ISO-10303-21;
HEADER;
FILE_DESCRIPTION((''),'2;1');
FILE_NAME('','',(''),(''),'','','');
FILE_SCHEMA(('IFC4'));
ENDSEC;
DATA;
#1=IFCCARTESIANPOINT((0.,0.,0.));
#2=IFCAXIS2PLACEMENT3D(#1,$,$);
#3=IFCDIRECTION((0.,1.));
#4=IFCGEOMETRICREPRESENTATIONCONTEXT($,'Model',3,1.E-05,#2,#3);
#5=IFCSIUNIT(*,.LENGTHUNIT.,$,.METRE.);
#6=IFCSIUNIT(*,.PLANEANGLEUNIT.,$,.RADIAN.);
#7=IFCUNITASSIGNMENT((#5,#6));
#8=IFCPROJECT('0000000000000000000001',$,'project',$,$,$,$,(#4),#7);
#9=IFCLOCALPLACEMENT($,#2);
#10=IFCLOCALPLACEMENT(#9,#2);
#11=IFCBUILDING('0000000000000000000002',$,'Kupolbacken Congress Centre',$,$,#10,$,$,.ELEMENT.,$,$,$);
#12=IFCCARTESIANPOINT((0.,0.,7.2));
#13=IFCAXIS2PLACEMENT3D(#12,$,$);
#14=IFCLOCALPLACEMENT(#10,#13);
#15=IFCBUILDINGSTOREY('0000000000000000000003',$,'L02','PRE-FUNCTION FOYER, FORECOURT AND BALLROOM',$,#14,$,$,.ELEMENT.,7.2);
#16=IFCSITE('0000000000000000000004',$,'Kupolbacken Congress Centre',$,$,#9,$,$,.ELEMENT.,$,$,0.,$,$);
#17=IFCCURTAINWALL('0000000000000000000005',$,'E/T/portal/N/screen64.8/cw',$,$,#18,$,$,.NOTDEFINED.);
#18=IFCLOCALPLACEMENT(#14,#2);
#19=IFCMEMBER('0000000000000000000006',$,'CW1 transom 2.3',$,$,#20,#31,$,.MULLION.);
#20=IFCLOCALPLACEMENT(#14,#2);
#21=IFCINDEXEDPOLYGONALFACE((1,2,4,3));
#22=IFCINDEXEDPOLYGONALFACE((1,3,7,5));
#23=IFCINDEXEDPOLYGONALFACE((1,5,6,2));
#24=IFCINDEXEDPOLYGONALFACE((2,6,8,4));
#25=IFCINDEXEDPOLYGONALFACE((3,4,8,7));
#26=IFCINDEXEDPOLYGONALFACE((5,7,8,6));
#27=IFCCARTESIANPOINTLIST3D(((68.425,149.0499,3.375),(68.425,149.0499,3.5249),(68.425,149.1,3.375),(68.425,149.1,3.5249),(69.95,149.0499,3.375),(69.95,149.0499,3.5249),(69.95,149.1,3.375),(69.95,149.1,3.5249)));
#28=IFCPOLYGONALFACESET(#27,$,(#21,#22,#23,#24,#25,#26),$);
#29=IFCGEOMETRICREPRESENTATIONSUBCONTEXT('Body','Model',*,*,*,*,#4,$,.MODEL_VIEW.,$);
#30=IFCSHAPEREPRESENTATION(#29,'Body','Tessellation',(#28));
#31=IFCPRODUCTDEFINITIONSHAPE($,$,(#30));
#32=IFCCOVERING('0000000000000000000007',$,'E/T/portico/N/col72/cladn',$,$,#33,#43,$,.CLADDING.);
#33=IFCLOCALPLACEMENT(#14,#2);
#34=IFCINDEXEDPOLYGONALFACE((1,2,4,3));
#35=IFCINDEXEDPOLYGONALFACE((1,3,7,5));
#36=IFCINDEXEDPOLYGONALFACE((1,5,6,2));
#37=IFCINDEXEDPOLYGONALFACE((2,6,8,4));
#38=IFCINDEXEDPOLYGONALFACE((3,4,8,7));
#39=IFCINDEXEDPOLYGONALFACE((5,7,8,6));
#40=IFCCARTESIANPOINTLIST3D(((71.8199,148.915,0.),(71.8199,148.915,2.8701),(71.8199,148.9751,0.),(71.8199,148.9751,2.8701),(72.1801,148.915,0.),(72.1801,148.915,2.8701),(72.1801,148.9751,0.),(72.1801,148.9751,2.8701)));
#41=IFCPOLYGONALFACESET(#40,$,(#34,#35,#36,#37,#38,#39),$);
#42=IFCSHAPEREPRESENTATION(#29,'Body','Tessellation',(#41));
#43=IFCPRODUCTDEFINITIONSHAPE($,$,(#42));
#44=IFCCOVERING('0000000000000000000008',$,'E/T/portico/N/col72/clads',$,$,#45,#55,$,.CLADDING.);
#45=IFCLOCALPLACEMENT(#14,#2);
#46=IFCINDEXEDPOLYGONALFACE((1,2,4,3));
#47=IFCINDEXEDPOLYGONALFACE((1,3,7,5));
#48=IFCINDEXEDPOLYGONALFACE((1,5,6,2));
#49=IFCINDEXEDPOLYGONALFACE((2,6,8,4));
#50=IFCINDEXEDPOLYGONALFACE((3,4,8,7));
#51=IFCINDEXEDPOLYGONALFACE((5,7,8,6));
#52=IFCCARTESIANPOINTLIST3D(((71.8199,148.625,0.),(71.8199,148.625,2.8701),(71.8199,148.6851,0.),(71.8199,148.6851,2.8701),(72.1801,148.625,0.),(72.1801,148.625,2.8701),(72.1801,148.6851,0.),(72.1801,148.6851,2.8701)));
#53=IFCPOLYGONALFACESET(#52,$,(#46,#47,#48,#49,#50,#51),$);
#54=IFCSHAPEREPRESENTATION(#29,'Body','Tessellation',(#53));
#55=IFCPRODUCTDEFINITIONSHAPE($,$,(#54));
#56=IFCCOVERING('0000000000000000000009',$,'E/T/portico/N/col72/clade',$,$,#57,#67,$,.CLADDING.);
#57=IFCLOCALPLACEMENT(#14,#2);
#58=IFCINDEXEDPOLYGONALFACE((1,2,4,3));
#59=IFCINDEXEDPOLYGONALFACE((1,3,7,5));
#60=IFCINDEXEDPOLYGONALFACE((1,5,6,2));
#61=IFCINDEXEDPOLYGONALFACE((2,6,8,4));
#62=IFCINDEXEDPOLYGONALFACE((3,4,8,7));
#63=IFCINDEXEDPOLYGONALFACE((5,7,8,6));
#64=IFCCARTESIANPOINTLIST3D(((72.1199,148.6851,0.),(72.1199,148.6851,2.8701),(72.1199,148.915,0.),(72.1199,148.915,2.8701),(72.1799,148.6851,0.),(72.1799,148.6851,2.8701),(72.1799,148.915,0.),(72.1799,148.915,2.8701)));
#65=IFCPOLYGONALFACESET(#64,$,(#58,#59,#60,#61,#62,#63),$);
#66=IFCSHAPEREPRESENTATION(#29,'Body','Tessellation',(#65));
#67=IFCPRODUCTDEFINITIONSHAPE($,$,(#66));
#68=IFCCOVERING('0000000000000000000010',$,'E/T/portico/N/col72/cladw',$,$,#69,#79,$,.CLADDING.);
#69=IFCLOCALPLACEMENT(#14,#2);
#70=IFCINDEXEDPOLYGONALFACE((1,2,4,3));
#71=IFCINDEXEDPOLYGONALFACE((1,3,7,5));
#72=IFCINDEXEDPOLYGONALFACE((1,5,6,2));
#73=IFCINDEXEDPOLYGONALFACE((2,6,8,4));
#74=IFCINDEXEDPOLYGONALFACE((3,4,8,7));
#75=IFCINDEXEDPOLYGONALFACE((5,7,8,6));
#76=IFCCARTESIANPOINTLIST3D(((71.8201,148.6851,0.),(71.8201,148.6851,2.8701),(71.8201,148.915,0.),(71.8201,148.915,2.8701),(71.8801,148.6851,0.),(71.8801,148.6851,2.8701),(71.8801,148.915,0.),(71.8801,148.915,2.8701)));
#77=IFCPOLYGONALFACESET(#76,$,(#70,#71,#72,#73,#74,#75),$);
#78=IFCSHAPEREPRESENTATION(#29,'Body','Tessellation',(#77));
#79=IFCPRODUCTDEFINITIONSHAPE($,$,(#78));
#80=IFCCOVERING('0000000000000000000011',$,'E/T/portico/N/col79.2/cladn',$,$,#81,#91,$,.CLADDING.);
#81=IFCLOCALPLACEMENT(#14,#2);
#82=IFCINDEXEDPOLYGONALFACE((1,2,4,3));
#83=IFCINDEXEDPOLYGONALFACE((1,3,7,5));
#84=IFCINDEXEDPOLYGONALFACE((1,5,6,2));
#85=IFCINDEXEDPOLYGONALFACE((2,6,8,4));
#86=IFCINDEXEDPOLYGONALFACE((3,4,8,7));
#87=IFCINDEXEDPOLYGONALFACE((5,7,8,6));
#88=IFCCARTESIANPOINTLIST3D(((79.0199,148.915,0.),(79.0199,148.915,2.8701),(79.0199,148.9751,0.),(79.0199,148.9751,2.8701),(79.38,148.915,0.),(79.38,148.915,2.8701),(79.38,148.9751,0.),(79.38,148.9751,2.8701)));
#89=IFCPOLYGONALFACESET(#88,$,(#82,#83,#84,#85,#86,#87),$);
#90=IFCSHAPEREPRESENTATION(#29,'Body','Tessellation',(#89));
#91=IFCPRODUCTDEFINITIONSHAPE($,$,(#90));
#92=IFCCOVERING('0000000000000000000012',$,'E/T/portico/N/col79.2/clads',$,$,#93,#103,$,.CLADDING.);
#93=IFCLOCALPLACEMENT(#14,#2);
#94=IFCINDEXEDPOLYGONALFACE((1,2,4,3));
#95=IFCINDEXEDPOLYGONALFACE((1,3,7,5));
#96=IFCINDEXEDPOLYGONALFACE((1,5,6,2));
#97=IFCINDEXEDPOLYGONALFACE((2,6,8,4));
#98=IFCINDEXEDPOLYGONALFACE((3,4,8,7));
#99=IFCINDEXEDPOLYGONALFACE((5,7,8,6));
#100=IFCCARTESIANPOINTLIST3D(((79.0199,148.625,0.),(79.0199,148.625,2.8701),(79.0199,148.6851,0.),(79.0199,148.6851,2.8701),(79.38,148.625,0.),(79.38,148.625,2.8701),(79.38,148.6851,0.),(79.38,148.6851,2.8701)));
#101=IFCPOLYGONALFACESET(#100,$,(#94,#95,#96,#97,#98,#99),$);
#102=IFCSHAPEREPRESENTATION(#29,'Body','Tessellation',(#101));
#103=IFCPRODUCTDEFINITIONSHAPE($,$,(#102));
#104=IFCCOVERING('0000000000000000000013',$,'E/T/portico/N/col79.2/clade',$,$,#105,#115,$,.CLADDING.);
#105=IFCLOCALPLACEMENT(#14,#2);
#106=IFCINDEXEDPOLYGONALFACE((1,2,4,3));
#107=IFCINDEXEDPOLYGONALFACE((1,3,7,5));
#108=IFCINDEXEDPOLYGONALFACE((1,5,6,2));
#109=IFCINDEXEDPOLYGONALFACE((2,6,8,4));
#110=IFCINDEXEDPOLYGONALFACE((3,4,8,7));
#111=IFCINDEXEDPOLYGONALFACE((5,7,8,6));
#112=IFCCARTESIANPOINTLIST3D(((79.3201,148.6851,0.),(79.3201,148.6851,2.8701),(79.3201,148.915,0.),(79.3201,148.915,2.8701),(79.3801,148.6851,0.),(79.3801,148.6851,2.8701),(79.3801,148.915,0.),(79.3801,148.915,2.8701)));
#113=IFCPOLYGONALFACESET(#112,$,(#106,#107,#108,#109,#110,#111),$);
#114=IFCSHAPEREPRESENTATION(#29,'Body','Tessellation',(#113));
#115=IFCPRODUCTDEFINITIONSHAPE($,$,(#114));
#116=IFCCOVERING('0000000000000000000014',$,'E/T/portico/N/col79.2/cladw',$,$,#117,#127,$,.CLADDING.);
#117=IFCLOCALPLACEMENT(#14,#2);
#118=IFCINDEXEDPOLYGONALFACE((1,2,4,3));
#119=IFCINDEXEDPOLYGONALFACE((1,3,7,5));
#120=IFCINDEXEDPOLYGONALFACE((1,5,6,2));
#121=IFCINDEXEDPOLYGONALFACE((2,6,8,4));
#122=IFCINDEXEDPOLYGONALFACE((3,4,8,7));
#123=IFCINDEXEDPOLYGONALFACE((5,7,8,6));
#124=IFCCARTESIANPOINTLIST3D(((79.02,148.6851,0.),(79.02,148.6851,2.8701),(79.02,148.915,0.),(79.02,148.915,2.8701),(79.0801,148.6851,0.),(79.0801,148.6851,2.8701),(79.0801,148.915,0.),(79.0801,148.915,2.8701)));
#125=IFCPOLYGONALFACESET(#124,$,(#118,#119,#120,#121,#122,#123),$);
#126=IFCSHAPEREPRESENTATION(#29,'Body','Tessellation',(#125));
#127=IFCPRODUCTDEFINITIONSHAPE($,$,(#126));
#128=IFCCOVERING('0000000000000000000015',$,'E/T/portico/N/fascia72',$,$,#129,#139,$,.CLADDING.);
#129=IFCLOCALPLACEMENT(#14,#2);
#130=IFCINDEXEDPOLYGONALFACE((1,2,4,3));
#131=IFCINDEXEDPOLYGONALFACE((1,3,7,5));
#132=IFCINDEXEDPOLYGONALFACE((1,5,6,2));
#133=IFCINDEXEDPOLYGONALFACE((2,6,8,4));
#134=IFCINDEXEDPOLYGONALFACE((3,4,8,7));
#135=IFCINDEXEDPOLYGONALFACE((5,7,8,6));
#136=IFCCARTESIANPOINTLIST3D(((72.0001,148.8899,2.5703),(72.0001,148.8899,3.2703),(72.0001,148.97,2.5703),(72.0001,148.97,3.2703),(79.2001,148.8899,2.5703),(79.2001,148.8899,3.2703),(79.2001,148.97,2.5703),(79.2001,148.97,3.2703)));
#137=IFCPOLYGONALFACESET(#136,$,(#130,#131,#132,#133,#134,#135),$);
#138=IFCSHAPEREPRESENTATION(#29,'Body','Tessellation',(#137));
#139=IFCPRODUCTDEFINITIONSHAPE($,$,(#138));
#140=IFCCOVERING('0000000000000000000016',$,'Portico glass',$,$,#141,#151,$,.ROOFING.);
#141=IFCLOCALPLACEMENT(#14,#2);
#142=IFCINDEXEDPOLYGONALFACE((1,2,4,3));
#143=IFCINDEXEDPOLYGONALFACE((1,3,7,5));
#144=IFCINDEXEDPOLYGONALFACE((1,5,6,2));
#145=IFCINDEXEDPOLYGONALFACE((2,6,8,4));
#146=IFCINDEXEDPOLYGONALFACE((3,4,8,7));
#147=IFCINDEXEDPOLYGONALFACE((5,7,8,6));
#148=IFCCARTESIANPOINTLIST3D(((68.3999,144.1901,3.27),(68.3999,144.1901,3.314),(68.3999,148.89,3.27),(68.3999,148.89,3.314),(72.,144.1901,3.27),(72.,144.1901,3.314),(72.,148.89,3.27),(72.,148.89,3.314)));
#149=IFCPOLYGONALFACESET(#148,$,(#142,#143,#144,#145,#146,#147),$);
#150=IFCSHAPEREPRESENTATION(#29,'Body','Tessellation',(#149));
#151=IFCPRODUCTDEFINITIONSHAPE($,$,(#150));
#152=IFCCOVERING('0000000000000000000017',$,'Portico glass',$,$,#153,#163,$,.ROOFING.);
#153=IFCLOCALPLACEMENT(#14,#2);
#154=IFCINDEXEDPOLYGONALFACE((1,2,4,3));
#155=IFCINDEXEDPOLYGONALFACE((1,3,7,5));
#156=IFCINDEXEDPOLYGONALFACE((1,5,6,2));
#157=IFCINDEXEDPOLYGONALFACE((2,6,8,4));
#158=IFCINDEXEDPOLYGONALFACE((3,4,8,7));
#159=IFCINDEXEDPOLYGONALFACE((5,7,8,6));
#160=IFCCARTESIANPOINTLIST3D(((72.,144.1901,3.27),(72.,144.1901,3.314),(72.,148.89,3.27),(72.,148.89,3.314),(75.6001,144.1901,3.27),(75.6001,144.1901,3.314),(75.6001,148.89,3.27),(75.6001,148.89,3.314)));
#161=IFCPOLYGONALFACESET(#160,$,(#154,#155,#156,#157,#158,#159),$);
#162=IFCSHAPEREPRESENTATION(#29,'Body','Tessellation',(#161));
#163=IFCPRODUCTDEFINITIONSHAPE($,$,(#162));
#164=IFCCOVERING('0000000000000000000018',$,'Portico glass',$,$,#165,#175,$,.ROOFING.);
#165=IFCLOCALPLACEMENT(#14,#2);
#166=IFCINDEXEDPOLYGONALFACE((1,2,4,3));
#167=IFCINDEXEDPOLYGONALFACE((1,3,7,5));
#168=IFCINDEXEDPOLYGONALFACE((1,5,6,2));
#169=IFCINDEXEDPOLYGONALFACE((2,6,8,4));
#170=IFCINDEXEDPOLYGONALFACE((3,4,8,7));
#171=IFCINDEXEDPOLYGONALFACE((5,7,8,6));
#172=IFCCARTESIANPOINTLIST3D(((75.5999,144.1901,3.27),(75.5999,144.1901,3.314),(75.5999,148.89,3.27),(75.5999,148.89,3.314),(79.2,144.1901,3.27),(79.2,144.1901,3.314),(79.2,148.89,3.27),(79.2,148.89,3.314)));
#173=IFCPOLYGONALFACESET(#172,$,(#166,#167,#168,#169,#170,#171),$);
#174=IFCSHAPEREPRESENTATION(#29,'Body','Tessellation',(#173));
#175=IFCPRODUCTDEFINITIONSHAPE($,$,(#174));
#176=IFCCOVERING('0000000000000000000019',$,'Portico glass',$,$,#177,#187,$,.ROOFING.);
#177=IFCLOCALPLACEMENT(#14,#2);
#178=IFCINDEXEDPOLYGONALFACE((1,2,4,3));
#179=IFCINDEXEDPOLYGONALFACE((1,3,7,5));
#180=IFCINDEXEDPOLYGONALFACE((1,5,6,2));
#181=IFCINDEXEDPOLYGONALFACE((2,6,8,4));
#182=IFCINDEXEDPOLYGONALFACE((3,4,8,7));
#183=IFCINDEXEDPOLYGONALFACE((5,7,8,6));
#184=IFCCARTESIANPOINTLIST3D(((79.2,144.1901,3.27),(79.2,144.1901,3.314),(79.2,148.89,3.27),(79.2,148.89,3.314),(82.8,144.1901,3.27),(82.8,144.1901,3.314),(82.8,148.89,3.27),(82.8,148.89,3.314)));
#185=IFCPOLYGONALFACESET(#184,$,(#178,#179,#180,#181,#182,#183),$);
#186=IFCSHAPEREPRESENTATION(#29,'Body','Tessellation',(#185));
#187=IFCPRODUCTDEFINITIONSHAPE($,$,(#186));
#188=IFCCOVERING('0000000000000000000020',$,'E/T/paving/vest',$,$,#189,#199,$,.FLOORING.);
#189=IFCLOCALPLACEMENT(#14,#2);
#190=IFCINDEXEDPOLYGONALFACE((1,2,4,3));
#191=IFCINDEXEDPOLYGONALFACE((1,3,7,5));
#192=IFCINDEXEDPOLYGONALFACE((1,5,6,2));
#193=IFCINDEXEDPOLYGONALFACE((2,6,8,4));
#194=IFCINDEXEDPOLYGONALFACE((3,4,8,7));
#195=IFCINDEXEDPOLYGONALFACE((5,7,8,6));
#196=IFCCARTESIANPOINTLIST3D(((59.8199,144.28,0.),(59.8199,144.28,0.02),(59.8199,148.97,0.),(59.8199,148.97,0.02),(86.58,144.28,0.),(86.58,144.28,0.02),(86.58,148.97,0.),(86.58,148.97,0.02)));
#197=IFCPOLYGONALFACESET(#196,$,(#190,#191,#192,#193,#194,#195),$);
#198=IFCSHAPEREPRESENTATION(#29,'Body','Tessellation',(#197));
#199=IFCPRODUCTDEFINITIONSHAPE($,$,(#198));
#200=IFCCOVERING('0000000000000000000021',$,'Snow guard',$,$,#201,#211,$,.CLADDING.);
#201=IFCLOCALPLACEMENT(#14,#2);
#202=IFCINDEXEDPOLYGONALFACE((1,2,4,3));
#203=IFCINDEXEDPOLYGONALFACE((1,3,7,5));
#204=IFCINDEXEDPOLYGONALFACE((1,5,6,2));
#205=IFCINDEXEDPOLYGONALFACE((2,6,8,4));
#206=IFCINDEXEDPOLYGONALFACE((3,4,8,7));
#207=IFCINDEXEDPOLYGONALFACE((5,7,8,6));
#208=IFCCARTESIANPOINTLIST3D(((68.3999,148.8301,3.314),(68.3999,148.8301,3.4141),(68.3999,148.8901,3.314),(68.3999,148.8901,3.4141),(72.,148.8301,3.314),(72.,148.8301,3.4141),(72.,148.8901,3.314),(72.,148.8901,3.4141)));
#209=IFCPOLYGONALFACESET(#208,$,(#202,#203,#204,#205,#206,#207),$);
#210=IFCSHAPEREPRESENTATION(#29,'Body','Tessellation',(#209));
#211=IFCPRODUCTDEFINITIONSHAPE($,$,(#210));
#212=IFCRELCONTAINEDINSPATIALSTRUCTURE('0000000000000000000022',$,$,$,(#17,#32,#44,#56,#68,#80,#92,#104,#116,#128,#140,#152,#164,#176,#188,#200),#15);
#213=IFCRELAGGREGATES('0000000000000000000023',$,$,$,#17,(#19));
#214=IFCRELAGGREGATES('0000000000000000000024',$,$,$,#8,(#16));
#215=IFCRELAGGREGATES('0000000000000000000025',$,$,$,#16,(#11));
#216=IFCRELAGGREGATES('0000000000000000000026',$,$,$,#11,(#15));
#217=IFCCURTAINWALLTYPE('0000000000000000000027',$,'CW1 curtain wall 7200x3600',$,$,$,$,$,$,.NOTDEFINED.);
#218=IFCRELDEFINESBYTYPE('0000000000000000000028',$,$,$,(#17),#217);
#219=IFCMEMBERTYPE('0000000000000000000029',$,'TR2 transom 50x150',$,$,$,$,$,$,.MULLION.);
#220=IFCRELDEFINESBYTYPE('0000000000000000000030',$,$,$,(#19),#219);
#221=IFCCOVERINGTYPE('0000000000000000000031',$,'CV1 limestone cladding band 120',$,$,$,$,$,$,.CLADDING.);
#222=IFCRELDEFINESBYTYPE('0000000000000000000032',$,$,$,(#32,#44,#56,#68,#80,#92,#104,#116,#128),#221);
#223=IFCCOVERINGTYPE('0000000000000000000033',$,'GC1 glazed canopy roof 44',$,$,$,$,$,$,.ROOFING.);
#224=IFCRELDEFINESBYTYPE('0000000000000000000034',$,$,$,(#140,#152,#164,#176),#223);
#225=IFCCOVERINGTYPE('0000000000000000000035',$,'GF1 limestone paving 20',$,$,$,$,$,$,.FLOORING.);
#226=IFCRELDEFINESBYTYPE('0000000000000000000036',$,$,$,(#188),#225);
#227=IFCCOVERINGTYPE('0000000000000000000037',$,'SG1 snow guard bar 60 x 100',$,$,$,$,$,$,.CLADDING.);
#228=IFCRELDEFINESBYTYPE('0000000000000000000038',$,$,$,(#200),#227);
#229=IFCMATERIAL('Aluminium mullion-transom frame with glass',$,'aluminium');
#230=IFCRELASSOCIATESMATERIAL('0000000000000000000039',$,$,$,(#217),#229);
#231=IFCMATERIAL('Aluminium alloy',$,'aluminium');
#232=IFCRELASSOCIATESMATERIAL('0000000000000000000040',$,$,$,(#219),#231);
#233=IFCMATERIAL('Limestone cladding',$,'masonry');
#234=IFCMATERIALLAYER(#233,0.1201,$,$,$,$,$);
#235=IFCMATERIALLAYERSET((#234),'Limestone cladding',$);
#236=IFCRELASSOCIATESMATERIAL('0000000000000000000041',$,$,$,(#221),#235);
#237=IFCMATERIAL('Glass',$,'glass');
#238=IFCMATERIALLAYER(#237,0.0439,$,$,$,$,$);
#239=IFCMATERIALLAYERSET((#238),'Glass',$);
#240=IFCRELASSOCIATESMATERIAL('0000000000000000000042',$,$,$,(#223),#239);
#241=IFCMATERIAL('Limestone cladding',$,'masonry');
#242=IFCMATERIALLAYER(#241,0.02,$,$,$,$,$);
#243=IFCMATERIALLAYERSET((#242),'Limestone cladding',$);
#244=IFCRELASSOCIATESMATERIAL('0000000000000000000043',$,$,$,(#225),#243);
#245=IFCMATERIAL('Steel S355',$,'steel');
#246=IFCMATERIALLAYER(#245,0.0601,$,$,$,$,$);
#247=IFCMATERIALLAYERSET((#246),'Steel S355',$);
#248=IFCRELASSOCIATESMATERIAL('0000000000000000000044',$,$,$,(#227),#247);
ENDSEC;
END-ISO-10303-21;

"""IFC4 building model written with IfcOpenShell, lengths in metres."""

from ifc_helpers import new_model, si_unit, direction, frame, origin, origin_2d, place, context, subcontext, project, spatial, rectangle, extrude, material, layer, layer_set, material_profile, profile_set, type_object, element, aggregate, save


model = new_model("IFC4")

# Units and contexts
model_context = context("Model", 3, precision=1e-05, world=origin(), true_north=direction((0.0, 1.0)))
body_context = subcontext(model_context, "Body", "Model", "MODEL_VIEW")
ifc_project = project(units=[si_unit("LENGTHUNIT", "METRE"), si_unit("PLANEANGLEUNIT", "RADIAN")], contexts=[model_context])

# Site, building, storey
site_placement = place(None, origin())
site = spatial("IfcSite", under=ifc_project, at=site_placement, Name="Kupolbacken Congress Centre", CompositionType="ELEMENT", RefElevation=0.0)
building_placement = place(site_placement, origin())
building = spatial("IfcBuilding", under=site, at=building_placement, Name="Kupolbacken Congress Centre", CompositionType="ELEMENT")
storey_placement = place(building_placement, frame((0.0, 0.0, 7.2)))
storey = spatial("IfcBuildingStorey", under=building, at=storey_placement, Name="L02", Description="PRE-FUNCTION FOYER, FORECOURT AND BALLROOM", CompositionType="ELEMENT", Elevation=7.2)

# Curtain wall, member
ifc_material_1 = material(Name="Aluminium mullion-transom frame with glass", Category="aluminium")
curtain_wall_type = type_object("IfcCurtainWallType", Name="CW1 curtain wall 7200x3600", PredefinedType="NOTDEFINED", material=ifc_material_1)
curtain_wall_placement = place(storey_placement, origin())
curtain_wall = element("IfcCurtainWall", 1, at=curtain_wall_placement, inside=storey, type_object=curtain_wall_type, Name="E/T/portal/N/screen64.8/cw", PredefinedType="NOTDEFINED")
ifc_material_2 = material(Name="Aluminium alloy", Category="aluminium")
ifc_material_profile_1 = material_profile(ifc_material_2, rectangle(XDim=0.05, YDim=0.1499, at=origin_2d()), Name="50 x 150")
ifc_profile_set_1 = profile_set([ifc_material_profile_1], Name="Aluminium alloy")
member_type = type_object("IfcMemberType", Name="TR2 transom 50x150", PredefinedType="MULLION", material=ifc_profile_set_1)
member_placement = place(storey_placement, frame((69.95, 149.075, 3.45), z_axis=(-1.0, 0.0, 0.0), x_axis=(0.0, -1.0, 0.0)))
member = element("IfcMember", 2, at=member_placement, type_object=member_type, Name="CW1 transom 2.3", PredefinedType="MULLION", context=body_context, shape_type="SweptSolid", body=[
    extrude(rectangle(XDim=0.05, YDim=0.1499, at=origin_2d()), origin(), (0.0, 0.0, 1.0), 1.5249),
])
aggregate(curtain_wall, [member])

# Coverings
ifc_material_3 = material(Name="Limestone cladding", Category="masonry")
ifc_layer_1 = layer(ifc_material_3, 0.1201)
ifc_layer_set_1 = layer_set([ifc_layer_1], Name="Limestone cladding")
covering_type_1 = type_object("IfcCoveringType", Name="CV1 limestone cladding band 120", PredefinedType="CLADDING", material=ifc_layer_set_1)
for number, where, z_axis, x_axis, name in (
    (3, (72.0, 148.9451, 0.0), (0.0, 0.0, 1.0), (1.0, 0.0, 0.0), "E/T/portico/N/col72/cladn"),
    (4, (72.0, 148.655, 0.0), (0.0, 0.0, 1.0), (1.0, 0.0, 0.0), "E/T/portico/N/col72/clads"),
):
    element("IfcCovering", number, at=place(storey_placement, frame(where, z_axis=z_axis, x_axis=x_axis)), inside=storey, type_object=covering_type_1, Name=name, PredefinedType="CLADDING", context=body_context, shape_type="SweptSolid", body=[
        extrude(rectangle(XDim=0.3601, YDim=0.0601, at=origin_2d()), origin(), (0.0, 0.0, 1.0), 2.8701),
    ])
for number, where, z_axis, x_axis, name in (
    (5, (72.1499, 148.8, 0.0), (0.0, 0.0, 1.0), (1.0, 0.0, 0.0), "E/T/portico/N/col72/clade"),
    (6, (71.8501, 148.8, 0.0), (0.0, 0.0, 1.0), (1.0, 0.0, 0.0), "E/T/portico/N/col72/cladw"),
):
    element("IfcCovering", number, at=place(storey_placement, frame(where, z_axis=z_axis, x_axis=x_axis)), inside=storey, type_object=covering_type_1, Name=name, PredefinedType="CLADDING", context=body_context, shape_type="SweptSolid", body=[
        extrude(rectangle(XDim=0.0601, YDim=0.23, at=origin_2d()), origin(), (0.0, 0.0, 1.0), 2.8701),
    ])
for number, where, z_axis, x_axis, name in (
    (7, (79.2, 148.9451, 0.0), (0.0, 0.0, 1.0), (1.0, 0.0, 0.0), "E/T/portico/N/col79.2/cladn"),
    (8, (79.2, 148.655, 0.0), (0.0, 0.0, 1.0), (1.0, 0.0, 0.0), "E/T/portico/N/col79.2/clads"),
):
    element("IfcCovering", number, at=place(storey_placement, frame(where, z_axis=z_axis, x_axis=x_axis)), inside=storey, type_object=covering_type_1, Name=name, PredefinedType="CLADDING", context=body_context, shape_type="SweptSolid", body=[
        extrude(rectangle(XDim=0.3601, YDim=0.0601, at=origin_2d()), origin(), (0.0, 0.0, 1.0), 2.8701),
    ])
for number, where, z_axis, x_axis, name in (
    (9, (79.3501, 148.8, 0.0), (0.0, 0.0, 1.0), (1.0, 0.0, 0.0), "E/T/portico/N/col79.2/clade"),
    (10, (79.05, 148.8, 0.0), (0.0, 0.0, 1.0), (1.0, 0.0, 0.0), "E/T/portico/N/col79.2/cladw"),
):
    element("IfcCovering", number, at=place(storey_placement, frame(where, z_axis=z_axis, x_axis=x_axis)), inside=storey, type_object=covering_type_1, Name=name, PredefinedType="CLADDING", context=body_context, shape_type="SweptSolid", body=[
        extrude(rectangle(XDim=0.0601, YDim=0.23, at=origin_2d()), origin(), (0.0, 0.0, 1.0), 2.8701),
    ])
covering_1_placement = place(storey_placement, frame((75.6001, 148.9299, 2.5703), z_axis=(0.0, 0.0, 1.0), x_axis=(1.0, 0.0, 0.0)))
element("IfcCovering", 11, at=covering_1_placement, inside=storey, type_object=covering_type_1, Name="E/T/portico/N/fascia72", PredefinedType="CLADDING", context=body_context, shape_type="SweptSolid", body=[
    extrude(rectangle(XDim=7.2, YDim=0.0801, at=origin_2d()), origin(), (0.0, 0.0, 1.0), 0.7),
])
ifc_material_4 = material(Name="Glass", Category="glass")
ifc_layer_2 = layer(ifc_material_4, 0.0439)
ifc_layer_set_2 = layer_set([ifc_layer_2], Name="Glass")
covering_type_2 = type_object("IfcCoveringType", Name="GC1 glazed canopy roof 44", PredefinedType="ROOFING", material=ifc_layer_set_2)
for number, where, z_axis, x_axis, name in (
    (12, (70.2, 146.54, 3.27), (0.0, 0.0, 1.0), (1.0, 0.0, 0.0), "Portico glass"),
    (13, (73.8, 146.54, 3.27), (0.0, 0.0, 1.0), (1.0, 0.0, 0.0), "Portico glass"),
    (14, (77.3999, 146.54, 3.27), (0.0, 0.0, 1.0), (1.0, 0.0, 0.0), "Portico glass"),
    (15, (81.0, 146.54, 3.27), (0.0, 0.0, 1.0), (1.0, 0.0, 0.0), "Portico glass"),
):
    element("IfcCovering", number, at=place(storey_placement, frame(where, z_axis=z_axis, x_axis=x_axis)), inside=storey, type_object=covering_type_2, Name=name, PredefinedType="ROOFING", context=body_context, shape_type="SweptSolid", body=[
        extrude(rectangle(XDim=3.6001, YDim=4.7, at=origin_2d()), origin(), (0.0, 0.0, 1.0), 0.0439),
    ])
ifc_material_5 = material(Name="Limestone cladding", Category="masonry")
ifc_layer_3 = layer(ifc_material_5, 0.02)
ifc_layer_set_3 = layer_set([ifc_layer_3], Name="Limestone cladding")
covering_type_3 = type_object("IfcCoveringType", Name="GF1 limestone paving 20", PredefinedType="FLOORING", material=ifc_layer_set_3)
covering_2_placement = place(storey_placement, frame((73.2, 146.625, 0.0), z_axis=(0.0, 0.0, 1.0), x_axis=(1.0, 0.0, 0.0)))
element("IfcCovering", 16, at=covering_2_placement, inside=storey, type_object=covering_type_3, Name="E/T/paving/vest", PredefinedType="FLOORING", context=body_context, shape_type="SweptSolid", body=[
    extrude(rectangle(XDim=26.76, YDim=4.6899, at=origin_2d()), origin(), (0.0, 0.0, 1.0), 0.02),
])
ifc_material_6 = material(Name="Steel S355", Category="steel")
ifc_layer_4 = layer(ifc_material_6, 0.0601)
ifc_layer_set_4 = layer_set([ifc_layer_4], Name="Steel S355")
covering_type_4 = type_object("IfcCoveringType", Name="SG1 snow guard bar 60 x 100", PredefinedType="CLADDING", material=ifc_layer_set_4)
for number, where, z_axis, x_axis, name in (
    (17, (70.2, 148.8601, 3.314), (0.0, 0.0, 1.0), (1.0, 0.0, 0.0), "Snow guard"),
):
    element("IfcCovering", number, at=place(storey_placement, frame(where, z_axis=z_axis, x_axis=x_axis)), inside=storey, type_object=covering_type_4, Name=name, PredefinedType="CLADDING", context=body_context, shape_type="SweptSolid", body=[
        extrude(rectangle(XDim=3.6001, YDim=0.0601, at=origin_2d()), origin(), (0.0, 0.0, 1.0), 0.1001),
    ])

save(model, "model.ifc")
